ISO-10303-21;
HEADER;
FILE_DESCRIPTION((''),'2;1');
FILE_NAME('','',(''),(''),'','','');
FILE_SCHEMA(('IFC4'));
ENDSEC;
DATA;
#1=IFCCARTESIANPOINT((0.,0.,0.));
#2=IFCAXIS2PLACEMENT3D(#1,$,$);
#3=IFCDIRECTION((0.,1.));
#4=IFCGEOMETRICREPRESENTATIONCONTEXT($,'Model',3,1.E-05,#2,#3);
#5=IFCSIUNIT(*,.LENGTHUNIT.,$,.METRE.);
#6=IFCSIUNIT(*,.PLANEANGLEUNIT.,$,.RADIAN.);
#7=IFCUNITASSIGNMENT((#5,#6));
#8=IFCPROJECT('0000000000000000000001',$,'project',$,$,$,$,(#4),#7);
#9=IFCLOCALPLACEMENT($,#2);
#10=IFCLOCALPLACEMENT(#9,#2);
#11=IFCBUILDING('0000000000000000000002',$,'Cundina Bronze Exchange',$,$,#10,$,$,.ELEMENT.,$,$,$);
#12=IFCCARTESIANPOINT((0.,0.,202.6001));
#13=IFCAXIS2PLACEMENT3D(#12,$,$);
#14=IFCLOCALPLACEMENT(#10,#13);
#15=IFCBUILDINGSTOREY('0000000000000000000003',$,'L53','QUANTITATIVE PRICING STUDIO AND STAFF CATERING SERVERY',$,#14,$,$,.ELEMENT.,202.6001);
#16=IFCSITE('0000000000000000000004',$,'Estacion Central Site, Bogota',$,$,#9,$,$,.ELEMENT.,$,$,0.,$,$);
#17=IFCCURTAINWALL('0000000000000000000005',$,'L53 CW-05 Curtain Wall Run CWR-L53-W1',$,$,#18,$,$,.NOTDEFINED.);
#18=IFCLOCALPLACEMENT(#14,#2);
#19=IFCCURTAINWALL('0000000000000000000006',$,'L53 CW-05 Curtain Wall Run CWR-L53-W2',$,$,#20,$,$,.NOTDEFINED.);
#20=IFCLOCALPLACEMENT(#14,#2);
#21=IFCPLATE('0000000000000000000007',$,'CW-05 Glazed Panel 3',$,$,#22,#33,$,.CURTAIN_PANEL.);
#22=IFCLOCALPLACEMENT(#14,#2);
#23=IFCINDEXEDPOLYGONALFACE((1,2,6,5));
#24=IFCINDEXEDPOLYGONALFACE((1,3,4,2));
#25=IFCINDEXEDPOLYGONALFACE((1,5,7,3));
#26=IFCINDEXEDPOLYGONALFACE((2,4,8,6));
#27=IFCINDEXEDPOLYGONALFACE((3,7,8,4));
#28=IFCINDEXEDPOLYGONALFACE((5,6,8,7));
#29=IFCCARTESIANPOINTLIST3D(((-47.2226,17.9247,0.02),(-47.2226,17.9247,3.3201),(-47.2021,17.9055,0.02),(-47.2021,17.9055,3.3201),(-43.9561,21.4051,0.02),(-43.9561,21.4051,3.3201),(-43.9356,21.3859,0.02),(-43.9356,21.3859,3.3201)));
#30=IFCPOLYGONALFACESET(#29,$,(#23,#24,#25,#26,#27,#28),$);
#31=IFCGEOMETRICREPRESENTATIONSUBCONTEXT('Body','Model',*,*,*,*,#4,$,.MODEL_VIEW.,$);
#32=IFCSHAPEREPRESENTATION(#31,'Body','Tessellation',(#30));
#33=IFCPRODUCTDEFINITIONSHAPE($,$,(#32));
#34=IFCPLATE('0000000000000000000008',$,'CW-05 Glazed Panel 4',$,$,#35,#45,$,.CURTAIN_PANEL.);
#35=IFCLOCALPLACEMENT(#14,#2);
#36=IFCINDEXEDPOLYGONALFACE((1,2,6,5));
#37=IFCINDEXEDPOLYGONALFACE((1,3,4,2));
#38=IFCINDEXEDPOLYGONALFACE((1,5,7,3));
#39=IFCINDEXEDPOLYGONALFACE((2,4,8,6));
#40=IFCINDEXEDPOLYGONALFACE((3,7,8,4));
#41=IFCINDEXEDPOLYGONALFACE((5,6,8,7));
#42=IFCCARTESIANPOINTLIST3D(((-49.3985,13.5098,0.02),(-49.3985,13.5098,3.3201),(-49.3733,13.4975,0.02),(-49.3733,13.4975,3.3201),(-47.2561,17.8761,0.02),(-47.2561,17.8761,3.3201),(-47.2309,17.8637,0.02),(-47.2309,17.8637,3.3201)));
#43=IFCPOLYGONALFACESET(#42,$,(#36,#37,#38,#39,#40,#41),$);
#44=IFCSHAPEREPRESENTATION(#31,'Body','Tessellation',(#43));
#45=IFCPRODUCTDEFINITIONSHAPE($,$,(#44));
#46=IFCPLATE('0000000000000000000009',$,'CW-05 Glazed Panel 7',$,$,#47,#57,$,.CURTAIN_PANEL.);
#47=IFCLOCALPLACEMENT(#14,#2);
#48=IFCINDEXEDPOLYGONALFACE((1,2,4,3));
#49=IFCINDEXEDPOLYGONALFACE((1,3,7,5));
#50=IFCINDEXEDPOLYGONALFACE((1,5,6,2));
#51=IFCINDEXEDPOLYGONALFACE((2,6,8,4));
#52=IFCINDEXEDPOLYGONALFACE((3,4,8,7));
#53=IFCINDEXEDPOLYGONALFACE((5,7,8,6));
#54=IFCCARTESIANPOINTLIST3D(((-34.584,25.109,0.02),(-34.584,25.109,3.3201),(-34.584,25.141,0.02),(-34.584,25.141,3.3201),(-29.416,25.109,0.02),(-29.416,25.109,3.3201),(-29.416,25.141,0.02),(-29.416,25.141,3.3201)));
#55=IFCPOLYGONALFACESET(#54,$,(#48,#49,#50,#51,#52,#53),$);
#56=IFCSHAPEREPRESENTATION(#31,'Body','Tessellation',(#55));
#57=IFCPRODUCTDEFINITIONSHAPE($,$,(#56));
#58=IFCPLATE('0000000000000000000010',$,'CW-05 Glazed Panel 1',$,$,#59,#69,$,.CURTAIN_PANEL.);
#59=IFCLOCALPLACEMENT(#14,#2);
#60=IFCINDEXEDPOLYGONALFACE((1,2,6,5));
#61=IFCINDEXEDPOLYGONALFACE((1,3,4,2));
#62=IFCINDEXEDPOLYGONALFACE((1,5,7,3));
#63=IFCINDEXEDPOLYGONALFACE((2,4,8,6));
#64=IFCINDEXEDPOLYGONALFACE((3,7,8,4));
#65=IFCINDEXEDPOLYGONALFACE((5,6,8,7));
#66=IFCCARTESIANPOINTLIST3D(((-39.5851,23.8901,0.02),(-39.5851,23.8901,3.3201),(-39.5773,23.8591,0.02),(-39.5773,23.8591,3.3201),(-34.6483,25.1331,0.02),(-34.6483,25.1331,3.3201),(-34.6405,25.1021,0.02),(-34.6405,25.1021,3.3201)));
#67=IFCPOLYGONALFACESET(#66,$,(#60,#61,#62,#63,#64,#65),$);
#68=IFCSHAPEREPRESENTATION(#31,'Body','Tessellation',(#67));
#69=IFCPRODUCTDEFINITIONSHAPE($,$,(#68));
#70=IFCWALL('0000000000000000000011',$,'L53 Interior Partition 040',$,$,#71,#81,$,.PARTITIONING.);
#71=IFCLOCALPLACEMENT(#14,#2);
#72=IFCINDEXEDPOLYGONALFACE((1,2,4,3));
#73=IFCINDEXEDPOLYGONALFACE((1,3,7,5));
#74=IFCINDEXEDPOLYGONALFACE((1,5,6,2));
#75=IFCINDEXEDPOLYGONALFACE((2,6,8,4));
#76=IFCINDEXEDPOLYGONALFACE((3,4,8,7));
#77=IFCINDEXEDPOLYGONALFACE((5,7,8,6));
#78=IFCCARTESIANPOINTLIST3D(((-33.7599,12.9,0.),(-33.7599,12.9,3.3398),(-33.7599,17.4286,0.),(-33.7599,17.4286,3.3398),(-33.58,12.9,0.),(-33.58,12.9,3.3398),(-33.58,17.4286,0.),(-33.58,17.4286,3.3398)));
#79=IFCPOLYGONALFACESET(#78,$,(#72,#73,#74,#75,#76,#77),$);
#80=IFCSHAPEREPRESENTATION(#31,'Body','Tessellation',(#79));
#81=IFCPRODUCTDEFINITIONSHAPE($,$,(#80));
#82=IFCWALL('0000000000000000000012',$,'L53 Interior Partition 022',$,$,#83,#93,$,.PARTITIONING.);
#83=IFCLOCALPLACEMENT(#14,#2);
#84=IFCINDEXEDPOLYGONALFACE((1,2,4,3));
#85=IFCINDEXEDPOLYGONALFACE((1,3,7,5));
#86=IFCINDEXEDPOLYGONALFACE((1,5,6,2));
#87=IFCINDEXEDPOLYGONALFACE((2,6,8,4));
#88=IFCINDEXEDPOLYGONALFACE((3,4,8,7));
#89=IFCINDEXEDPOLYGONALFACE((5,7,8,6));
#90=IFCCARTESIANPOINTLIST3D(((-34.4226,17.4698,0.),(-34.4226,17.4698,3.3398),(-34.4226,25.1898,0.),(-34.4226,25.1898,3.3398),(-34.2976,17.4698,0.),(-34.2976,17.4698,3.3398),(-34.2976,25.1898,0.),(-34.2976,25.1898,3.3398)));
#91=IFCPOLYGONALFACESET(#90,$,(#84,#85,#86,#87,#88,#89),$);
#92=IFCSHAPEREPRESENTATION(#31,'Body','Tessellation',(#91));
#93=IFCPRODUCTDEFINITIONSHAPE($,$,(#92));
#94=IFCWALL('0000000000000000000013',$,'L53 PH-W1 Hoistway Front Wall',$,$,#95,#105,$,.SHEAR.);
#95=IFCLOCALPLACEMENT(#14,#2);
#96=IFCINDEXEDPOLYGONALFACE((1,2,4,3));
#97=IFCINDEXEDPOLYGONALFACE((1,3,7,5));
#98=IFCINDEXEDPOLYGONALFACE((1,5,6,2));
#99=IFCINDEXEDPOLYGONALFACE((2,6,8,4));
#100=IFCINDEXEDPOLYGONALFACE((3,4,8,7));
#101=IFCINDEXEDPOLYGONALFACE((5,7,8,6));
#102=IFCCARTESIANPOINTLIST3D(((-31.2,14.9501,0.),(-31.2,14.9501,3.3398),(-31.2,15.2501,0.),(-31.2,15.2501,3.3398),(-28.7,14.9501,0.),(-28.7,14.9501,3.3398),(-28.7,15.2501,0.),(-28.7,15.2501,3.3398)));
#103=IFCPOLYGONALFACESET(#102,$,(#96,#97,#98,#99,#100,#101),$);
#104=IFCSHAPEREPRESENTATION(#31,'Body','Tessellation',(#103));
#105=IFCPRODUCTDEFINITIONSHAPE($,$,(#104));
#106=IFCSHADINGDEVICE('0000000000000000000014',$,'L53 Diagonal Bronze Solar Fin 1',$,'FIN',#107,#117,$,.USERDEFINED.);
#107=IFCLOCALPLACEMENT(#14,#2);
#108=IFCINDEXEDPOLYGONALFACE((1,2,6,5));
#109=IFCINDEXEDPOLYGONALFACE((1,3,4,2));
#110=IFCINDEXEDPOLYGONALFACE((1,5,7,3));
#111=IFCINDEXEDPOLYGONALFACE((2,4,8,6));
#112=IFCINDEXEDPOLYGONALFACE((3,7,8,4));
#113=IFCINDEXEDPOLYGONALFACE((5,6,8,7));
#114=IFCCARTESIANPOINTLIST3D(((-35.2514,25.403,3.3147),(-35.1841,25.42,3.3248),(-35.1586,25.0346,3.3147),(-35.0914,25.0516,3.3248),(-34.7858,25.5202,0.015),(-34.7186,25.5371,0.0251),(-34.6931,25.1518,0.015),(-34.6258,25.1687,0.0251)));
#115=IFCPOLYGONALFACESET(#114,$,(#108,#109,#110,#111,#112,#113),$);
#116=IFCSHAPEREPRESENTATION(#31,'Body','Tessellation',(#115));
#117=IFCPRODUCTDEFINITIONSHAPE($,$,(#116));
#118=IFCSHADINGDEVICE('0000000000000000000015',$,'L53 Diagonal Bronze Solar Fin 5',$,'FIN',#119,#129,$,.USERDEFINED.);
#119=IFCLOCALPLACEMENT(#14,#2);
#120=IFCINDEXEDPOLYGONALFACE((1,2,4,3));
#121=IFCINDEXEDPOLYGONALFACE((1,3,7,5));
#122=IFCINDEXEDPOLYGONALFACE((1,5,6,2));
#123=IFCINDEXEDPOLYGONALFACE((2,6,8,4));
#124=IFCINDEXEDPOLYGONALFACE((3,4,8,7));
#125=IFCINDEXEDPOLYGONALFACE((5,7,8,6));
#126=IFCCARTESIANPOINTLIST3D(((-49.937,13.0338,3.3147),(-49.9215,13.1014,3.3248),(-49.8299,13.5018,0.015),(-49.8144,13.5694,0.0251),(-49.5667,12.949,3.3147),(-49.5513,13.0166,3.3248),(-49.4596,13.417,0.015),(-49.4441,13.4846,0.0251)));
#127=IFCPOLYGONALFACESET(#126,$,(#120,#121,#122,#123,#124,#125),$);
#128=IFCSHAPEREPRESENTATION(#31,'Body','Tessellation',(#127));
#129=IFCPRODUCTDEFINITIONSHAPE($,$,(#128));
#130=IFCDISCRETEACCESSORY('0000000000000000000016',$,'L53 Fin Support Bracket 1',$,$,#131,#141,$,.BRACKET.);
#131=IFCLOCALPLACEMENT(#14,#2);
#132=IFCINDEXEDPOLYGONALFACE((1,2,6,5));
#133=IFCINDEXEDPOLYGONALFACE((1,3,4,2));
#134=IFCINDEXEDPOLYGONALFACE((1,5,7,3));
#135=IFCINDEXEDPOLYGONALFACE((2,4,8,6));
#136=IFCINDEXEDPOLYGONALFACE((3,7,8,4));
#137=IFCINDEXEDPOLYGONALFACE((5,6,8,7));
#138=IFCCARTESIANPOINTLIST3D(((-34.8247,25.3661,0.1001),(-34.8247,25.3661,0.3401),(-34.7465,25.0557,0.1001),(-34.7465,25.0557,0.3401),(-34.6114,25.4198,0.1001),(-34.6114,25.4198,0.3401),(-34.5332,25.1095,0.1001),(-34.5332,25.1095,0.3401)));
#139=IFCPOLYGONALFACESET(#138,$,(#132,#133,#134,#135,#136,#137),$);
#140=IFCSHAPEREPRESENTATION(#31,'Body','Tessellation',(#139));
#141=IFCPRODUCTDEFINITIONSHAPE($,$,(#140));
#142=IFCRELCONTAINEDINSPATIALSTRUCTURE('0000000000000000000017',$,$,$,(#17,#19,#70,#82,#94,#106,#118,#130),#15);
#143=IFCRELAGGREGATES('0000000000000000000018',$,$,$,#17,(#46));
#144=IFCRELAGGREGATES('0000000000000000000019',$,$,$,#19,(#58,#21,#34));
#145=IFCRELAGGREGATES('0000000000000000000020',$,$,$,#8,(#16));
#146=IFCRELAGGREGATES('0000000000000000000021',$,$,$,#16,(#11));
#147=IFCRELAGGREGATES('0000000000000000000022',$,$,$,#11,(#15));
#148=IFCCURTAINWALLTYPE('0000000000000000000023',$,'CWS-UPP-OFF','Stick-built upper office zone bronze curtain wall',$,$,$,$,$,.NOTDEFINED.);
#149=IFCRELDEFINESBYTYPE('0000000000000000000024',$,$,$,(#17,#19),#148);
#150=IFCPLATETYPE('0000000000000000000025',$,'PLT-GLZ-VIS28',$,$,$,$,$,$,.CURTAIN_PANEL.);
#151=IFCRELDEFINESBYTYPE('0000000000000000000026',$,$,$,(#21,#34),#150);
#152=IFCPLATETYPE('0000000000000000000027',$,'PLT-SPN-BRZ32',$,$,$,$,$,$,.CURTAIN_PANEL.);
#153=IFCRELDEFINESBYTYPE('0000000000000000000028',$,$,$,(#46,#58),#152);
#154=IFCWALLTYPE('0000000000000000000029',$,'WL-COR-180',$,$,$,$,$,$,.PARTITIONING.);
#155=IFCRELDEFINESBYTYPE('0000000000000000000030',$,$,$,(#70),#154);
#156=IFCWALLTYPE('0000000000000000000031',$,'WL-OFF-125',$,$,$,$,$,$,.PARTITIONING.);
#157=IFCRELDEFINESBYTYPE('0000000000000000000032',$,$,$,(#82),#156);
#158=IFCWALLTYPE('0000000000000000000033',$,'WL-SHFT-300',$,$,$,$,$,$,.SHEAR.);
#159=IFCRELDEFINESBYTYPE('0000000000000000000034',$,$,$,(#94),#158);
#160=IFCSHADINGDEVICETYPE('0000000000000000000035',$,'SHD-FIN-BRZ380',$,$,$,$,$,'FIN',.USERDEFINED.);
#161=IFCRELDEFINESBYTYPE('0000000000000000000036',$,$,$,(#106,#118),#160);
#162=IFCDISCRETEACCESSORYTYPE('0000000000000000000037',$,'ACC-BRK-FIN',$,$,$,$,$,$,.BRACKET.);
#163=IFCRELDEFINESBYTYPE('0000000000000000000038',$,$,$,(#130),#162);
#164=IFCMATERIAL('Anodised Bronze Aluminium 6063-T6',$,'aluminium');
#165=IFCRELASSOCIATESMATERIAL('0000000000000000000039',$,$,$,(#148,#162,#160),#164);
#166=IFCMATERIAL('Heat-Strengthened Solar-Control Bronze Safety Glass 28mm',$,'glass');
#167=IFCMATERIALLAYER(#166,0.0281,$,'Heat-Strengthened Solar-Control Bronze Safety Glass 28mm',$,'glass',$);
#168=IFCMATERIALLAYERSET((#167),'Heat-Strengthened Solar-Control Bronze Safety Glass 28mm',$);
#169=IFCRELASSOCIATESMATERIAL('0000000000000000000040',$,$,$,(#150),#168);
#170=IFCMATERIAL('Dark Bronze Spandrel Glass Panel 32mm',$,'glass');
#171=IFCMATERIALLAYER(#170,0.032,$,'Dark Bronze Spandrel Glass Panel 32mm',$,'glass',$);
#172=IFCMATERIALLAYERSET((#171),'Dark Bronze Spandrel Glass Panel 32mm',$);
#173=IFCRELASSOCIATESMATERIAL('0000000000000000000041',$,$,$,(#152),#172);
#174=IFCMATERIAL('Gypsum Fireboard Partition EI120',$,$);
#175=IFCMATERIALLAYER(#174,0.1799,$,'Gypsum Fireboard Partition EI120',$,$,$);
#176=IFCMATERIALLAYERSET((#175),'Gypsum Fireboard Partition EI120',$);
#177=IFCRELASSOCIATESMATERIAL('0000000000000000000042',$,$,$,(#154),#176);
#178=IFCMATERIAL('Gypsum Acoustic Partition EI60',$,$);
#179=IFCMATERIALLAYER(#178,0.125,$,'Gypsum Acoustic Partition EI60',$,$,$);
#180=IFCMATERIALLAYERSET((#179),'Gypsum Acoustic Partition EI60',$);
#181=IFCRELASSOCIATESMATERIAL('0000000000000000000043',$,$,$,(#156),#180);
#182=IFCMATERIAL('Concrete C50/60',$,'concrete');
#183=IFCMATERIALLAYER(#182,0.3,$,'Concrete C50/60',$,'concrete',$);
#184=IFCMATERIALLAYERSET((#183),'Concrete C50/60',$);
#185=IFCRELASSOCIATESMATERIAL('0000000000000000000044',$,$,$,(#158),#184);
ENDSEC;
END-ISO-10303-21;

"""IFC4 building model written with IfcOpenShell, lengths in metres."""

from ifc_helpers import new_model, si_unit, direction, frame, frame_2d, origin, origin_2d, place, context, subcontext, project, spatial, rectangle, extrude, material, layer, layer_set, material_profile, profile_set, type_object, element, aggregate, save


model = new_model("IFC4")

# Units and contexts
model_context = context("Model", 3, precision=1e-05, world=origin(), true_north=direction((0.0, 1.0)))
body_context = subcontext(model_context, "Body", "Model", "MODEL_VIEW")
ifc_project = project(units=[si_unit("LENGTHUNIT", "METRE"), si_unit("PLANEANGLEUNIT", "RADIAN")], contexts=[model_context])

# Site, building, storey
site_placement = place(None, origin())
site = spatial("IfcSite", under=ifc_project, at=site_placement, Name="Estacion Central Site, Bogota", CompositionType="ELEMENT", RefElevation=0.0)
building_placement = place(site_placement, origin())
building = spatial("IfcBuilding", under=site, at=building_placement, Name="Cundina Bronze Exchange", CompositionType="ELEMENT")
storey_placement = place(building_placement, frame((0.0, 0.0, 202.6001)))
storey = spatial("IfcBuildingStorey", under=building, at=storey_placement, Name="L53", Description="QUANTITATIVE PRICING STUDIO AND STAFF CATERING SERVERY", CompositionType="ELEMENT", Elevation=202.6001)

# Shared definitions
ifc_material_1 = material(Name="Concrete C50/60", Category="concrete")

# Curtain walls
ifc_material_2 = material(Name="Anodised Bronze Aluminium 6063-T6", Category="aluminium")
curtain_wall_type = type_object("IfcCurtainWallType", Name="CWS-UPP-OFF", Description="Stick-built upper office zone bronze curtain wall", PredefinedType="NOTDEFINED", material=ifc_material_2)
curtain_wall_1_placement = place(storey_placement, origin())
curtain_wall_1 = element("IfcCurtainWall", 1, at=curtain_wall_1_placement, inside=storey, type_object=curtain_wall_type, Name="L53 CW-05 Curtain Wall Run CWR-L53-W1", PredefinedType="NOTDEFINED")
curtain_wall_2_placement = place(storey_placement, origin())
curtain_wall_2 = element("IfcCurtainWall", 2, at=curtain_wall_2_placement, inside=storey, type_object=curtain_wall_type, Name="L53 CW-05 Curtain Wall Run CWR-L53-W2", PredefinedType="NOTDEFINED")

# Plates
ifc_material_3 = material(Name="Heat-Strengthened Solar-Control Bronze Safety Glass 28mm", Category="glass")
ifc_layer_1 = layer(ifc_material_3, 0.0281, Name="Heat-Strengthened Solar-Control Bronze Safety Glass 28mm", Category="glass")
ifc_layer_set_1 = layer_set([ifc_layer_1], Name="Heat-Strengthened Solar-Control Bronze Safety Glass 28mm")
plate_type_1 = type_object("IfcPlateType", Name="PLT-GLZ-VIS28", PredefinedType="CURTAIN_PANEL", material=ifc_layer_set_1)
plate_1_placement = place(storey_placement, frame((-45.5791, 19.6553, 0.02), z_axis=(0.0, 0.0, 1.0), x_axis=(-0.684344, -0.72916, 0.0)))
plate_1 = element("IfcPlate", 3, at=plate_1_placement, type_object=plate_type_1, Name="CW-05 Glazed Panel 3", PredefinedType="CURTAIN_PANEL", context=body_context, shape_type="SweptSolid", body=[
    extrude(rectangle(XDim=4.7732, YDim=0.0281, at=origin_2d()), origin(), (0.0, 0.0, 1.0), 3.3),
])
plate_2_placement = place(storey_placement, frame((-48.3147, 15.6868, 0.02), z_axis=(0.0, 0.0, 1.0), x_axis=(-0.440503, -0.897751, 0.0)))
plate_2 = element("IfcPlate", 4, at=plate_2_placement, type_object=plate_type_1, Name="CW-05 Glazed Panel 4", PredefinedType="CURTAIN_PANEL", context=body_context, shape_type="SweptSolid", body=[
    extrude(rectangle(XDim=4.8635, YDim=0.0281, at=origin_2d()), origin(), (0.0, 0.0, 1.0), 3.3),
])
ifc_material_4 = material(Name="Dark Bronze Spandrel Glass Panel 32mm", Category="glass")
ifc_layer_2 = layer(ifc_material_4, 0.032, Name="Dark Bronze Spandrel Glass Panel 32mm", Category="glass")
ifc_layer_set_2 = layer_set([ifc_layer_2], Name="Dark Bronze Spandrel Glass Panel 32mm")
plate_type_2 = type_object("IfcPlateType", Name="PLT-SPN-BRZ32", PredefinedType="CURTAIN_PANEL", material=ifc_layer_set_2)
plate_3_placement = place(storey_placement, frame((-32.0, 25.125, 0.02), z_axis=(0.0, 0.0, 1.0), x_axis=(-1.0, 0.0, 0.0)))
plate_3 = element("IfcPlate", 5, at=plate_3_placement, type_object=plate_type_2, Name="CW-05 Glazed Panel 7", PredefinedType="CURTAIN_PANEL", context=body_context, shape_type="SweptSolid", body=[
    extrude(rectangle(XDim=5.168, YDim=0.032, at=origin_2d()), origin(), (0.0, 0.0, 1.0), 3.3),
])
aggregate(curtain_wall_1, [plate_3])
plate_4_placement = place(storey_placement, frame((-37.1128, 24.4961, 0.02), z_axis=(0.0, 0.0, 1.0), x_axis=(-0.969732, -0.244174, 0.0)))
plate_4 = element("IfcPlate", 6, at=plate_4_placement, type_object=plate_type_2, Name="CW-05 Glazed Panel 1", PredefinedType="CURTAIN_PANEL", context=body_context, shape_type="SweptSolid", body=[
    extrude(rectangle(XDim=5.0908, YDim=0.032, at=origin_2d()), origin(), (0.0, 0.0, 1.0), 3.3),
])
aggregate(curtain_wall_2, [plate_4, plate_1, plate_2])

# Walls
ifc_material_5 = material(Name="Gypsum Fireboard Partition EI120")
ifc_layer_3 = layer(ifc_material_5, 0.1799, Name="Gypsum Fireboard Partition EI120")
ifc_layer_set_3 = layer_set([ifc_layer_3], Name="Gypsum Fireboard Partition EI120")
wall_type_1 = type_object("IfcWallType", Name="WL-COR-180", PredefinedType="PARTITIONING", material=ifc_layer_set_3)
wall_1_placement = place(storey_placement, frame((-33.6699, 17.4285, 0.0), z_axis=(0.0, 0.0, 1.0), x_axis=(0.0, -1.0, 0.0)))
element("IfcWall", 7, at=wall_1_placement, inside=storey, type_object=wall_type_1, Name="L53 Interior Partition 040", PredefinedType="PARTITIONING", context=body_context, shape_type="SweptSolid", body=[
    extrude(rectangle(XDim=4.5286, YDim=0.1799, at=frame_2d((2.2642, 0.0))), origin(), (0.0, 0.0, 1.0), 3.3398),
])
ifc_material_6 = material(Name="Gypsum Acoustic Partition EI60")
ifc_layer_4 = layer(ifc_material_6, 0.125, Name="Gypsum Acoustic Partition EI60")
ifc_layer_set_4 = layer_set([ifc_layer_4], Name="Gypsum Acoustic Partition EI60")
wall_type_2 = type_object("IfcWallType", Name="WL-OFF-125", PredefinedType="PARTITIONING", material=ifc_layer_set_4)
wall_2_placement = place(storey_placement, frame((-34.3601, 17.47, 0.0), z_axis=(0.0, 0.0, 1.0), x_axis=(0.0, 1.0, 0.0)))
element("IfcWall", 8, at=wall_2_placement, inside=storey, type_object=wall_type_2, Name="L53 Interior Partition 022", PredefinedType="PARTITIONING", context=body_context, shape_type="SweptSolid", body=[
    extrude(rectangle(XDim=7.72, YDim=0.125, at=frame_2d((3.8599, 0.0))), origin(), (0.0, 0.0, 1.0), 3.3398),
])
ifc_layer_5 = layer(ifc_material_1, 0.3, Name="Concrete C50/60", Category="concrete")
ifc_layer_set_5 = layer_set([ifc_layer_5], Name="Concrete C50/60")
wall_type_3 = type_object("IfcWallType", Name="WL-SHFT-300", PredefinedType="SHEAR", material=ifc_layer_set_5)
wall_3_placement = place(storey_placement, frame((-31.2, 15.1001, 0.0), z_axis=(0.0, 0.0, 1.0), x_axis=(1.0, 0.0, 0.0)))
element("IfcWall", 9, at=wall_3_placement, inside=storey, type_object=wall_type_3, Name="L53 PH-W1 Hoistway Front Wall", PredefinedType="SHEAR", context=body_context, shape_type="SweptSolid", body=[
    extrude(rectangle(XDim=2.5, YDim=0.3, at=frame_2d((1.25, 0.0))), origin(), (0.0, 0.0, 1.0), 3.3398),
])

# Shading devices
ifc_material_profile_1 = material_profile(ifc_material_2, rectangle(XDim=0.0701, YDim=0.3799, at=origin_2d()), Name="FIN70X380", Category="aluminium")
ifc_profile_set_1 = profile_set([ifc_material_profile_1], Name="Anodised Bronze Aluminium 6063-T6")
shading_device_type = type_object("IfcShadingDeviceType", Name="SHD-FIN-BRZ380", ElementType="FIN", PredefinedType="USERDEFINED", material=ifc_profile_set_1)
for number, where, z_axis, x_axis, name in (
    (10, (-34.7058, 25.3445, 0.02), (-0.139622, -0.035143, 0.989581), (0.959649, 0.241548, 0.143977), "L53 Diagonal Bronze Solar Fin 1"),
    (11, (-49.637, 13.4932, 0.02), (-0.032142, -0.140354, 0.98958), (0.220899, 0.964609, 0.143987), "L53 Diagonal Bronze Solar Fin 5"),
):
    element("IfcShadingDevice", number, at=place(storey_placement, frame(where, z_axis=z_axis, x_axis=x_axis)), inside=storey, type_object=shading_device_type, Name=name, ObjectType="FIN", PredefinedType="USERDEFINED", context=body_context, shape_type="SweptSolid", body=[
        extrude(rectangle(XDim=0.0701, YDim=0.3799, at=origin_2d()), origin(), (0.0, 0.0, 1.0), 3.3345),
    ])

# Discrete accessory
discrete_accessory_type = type_object("IfcDiscreteAccessoryType", Name="ACC-BRK-FIN", PredefinedType="BRACKET", material=ifc_material_2)
discrete_accessory_placement = place(storey_placement, frame((-34.679, 25.2378, 0.1001), z_axis=(0.0, 0.0, 1.0), x_axis=(-0.969732, -0.244174, 0.0)))
element("IfcDiscreteAccessory", 12, at=discrete_accessory_placement, inside=storey, type_object=discrete_accessory_type, Name="L53 Fin Support Bracket 1", PredefinedType="BRACKET", context=body_context, shape_type="SweptSolid", body=[
    extrude(rectangle(XDim=0.22, YDim=0.3201, at=origin_2d()), origin(), (0.0, 0.0, 1.0), 0.24),
])

save(model, "model.ifc")
